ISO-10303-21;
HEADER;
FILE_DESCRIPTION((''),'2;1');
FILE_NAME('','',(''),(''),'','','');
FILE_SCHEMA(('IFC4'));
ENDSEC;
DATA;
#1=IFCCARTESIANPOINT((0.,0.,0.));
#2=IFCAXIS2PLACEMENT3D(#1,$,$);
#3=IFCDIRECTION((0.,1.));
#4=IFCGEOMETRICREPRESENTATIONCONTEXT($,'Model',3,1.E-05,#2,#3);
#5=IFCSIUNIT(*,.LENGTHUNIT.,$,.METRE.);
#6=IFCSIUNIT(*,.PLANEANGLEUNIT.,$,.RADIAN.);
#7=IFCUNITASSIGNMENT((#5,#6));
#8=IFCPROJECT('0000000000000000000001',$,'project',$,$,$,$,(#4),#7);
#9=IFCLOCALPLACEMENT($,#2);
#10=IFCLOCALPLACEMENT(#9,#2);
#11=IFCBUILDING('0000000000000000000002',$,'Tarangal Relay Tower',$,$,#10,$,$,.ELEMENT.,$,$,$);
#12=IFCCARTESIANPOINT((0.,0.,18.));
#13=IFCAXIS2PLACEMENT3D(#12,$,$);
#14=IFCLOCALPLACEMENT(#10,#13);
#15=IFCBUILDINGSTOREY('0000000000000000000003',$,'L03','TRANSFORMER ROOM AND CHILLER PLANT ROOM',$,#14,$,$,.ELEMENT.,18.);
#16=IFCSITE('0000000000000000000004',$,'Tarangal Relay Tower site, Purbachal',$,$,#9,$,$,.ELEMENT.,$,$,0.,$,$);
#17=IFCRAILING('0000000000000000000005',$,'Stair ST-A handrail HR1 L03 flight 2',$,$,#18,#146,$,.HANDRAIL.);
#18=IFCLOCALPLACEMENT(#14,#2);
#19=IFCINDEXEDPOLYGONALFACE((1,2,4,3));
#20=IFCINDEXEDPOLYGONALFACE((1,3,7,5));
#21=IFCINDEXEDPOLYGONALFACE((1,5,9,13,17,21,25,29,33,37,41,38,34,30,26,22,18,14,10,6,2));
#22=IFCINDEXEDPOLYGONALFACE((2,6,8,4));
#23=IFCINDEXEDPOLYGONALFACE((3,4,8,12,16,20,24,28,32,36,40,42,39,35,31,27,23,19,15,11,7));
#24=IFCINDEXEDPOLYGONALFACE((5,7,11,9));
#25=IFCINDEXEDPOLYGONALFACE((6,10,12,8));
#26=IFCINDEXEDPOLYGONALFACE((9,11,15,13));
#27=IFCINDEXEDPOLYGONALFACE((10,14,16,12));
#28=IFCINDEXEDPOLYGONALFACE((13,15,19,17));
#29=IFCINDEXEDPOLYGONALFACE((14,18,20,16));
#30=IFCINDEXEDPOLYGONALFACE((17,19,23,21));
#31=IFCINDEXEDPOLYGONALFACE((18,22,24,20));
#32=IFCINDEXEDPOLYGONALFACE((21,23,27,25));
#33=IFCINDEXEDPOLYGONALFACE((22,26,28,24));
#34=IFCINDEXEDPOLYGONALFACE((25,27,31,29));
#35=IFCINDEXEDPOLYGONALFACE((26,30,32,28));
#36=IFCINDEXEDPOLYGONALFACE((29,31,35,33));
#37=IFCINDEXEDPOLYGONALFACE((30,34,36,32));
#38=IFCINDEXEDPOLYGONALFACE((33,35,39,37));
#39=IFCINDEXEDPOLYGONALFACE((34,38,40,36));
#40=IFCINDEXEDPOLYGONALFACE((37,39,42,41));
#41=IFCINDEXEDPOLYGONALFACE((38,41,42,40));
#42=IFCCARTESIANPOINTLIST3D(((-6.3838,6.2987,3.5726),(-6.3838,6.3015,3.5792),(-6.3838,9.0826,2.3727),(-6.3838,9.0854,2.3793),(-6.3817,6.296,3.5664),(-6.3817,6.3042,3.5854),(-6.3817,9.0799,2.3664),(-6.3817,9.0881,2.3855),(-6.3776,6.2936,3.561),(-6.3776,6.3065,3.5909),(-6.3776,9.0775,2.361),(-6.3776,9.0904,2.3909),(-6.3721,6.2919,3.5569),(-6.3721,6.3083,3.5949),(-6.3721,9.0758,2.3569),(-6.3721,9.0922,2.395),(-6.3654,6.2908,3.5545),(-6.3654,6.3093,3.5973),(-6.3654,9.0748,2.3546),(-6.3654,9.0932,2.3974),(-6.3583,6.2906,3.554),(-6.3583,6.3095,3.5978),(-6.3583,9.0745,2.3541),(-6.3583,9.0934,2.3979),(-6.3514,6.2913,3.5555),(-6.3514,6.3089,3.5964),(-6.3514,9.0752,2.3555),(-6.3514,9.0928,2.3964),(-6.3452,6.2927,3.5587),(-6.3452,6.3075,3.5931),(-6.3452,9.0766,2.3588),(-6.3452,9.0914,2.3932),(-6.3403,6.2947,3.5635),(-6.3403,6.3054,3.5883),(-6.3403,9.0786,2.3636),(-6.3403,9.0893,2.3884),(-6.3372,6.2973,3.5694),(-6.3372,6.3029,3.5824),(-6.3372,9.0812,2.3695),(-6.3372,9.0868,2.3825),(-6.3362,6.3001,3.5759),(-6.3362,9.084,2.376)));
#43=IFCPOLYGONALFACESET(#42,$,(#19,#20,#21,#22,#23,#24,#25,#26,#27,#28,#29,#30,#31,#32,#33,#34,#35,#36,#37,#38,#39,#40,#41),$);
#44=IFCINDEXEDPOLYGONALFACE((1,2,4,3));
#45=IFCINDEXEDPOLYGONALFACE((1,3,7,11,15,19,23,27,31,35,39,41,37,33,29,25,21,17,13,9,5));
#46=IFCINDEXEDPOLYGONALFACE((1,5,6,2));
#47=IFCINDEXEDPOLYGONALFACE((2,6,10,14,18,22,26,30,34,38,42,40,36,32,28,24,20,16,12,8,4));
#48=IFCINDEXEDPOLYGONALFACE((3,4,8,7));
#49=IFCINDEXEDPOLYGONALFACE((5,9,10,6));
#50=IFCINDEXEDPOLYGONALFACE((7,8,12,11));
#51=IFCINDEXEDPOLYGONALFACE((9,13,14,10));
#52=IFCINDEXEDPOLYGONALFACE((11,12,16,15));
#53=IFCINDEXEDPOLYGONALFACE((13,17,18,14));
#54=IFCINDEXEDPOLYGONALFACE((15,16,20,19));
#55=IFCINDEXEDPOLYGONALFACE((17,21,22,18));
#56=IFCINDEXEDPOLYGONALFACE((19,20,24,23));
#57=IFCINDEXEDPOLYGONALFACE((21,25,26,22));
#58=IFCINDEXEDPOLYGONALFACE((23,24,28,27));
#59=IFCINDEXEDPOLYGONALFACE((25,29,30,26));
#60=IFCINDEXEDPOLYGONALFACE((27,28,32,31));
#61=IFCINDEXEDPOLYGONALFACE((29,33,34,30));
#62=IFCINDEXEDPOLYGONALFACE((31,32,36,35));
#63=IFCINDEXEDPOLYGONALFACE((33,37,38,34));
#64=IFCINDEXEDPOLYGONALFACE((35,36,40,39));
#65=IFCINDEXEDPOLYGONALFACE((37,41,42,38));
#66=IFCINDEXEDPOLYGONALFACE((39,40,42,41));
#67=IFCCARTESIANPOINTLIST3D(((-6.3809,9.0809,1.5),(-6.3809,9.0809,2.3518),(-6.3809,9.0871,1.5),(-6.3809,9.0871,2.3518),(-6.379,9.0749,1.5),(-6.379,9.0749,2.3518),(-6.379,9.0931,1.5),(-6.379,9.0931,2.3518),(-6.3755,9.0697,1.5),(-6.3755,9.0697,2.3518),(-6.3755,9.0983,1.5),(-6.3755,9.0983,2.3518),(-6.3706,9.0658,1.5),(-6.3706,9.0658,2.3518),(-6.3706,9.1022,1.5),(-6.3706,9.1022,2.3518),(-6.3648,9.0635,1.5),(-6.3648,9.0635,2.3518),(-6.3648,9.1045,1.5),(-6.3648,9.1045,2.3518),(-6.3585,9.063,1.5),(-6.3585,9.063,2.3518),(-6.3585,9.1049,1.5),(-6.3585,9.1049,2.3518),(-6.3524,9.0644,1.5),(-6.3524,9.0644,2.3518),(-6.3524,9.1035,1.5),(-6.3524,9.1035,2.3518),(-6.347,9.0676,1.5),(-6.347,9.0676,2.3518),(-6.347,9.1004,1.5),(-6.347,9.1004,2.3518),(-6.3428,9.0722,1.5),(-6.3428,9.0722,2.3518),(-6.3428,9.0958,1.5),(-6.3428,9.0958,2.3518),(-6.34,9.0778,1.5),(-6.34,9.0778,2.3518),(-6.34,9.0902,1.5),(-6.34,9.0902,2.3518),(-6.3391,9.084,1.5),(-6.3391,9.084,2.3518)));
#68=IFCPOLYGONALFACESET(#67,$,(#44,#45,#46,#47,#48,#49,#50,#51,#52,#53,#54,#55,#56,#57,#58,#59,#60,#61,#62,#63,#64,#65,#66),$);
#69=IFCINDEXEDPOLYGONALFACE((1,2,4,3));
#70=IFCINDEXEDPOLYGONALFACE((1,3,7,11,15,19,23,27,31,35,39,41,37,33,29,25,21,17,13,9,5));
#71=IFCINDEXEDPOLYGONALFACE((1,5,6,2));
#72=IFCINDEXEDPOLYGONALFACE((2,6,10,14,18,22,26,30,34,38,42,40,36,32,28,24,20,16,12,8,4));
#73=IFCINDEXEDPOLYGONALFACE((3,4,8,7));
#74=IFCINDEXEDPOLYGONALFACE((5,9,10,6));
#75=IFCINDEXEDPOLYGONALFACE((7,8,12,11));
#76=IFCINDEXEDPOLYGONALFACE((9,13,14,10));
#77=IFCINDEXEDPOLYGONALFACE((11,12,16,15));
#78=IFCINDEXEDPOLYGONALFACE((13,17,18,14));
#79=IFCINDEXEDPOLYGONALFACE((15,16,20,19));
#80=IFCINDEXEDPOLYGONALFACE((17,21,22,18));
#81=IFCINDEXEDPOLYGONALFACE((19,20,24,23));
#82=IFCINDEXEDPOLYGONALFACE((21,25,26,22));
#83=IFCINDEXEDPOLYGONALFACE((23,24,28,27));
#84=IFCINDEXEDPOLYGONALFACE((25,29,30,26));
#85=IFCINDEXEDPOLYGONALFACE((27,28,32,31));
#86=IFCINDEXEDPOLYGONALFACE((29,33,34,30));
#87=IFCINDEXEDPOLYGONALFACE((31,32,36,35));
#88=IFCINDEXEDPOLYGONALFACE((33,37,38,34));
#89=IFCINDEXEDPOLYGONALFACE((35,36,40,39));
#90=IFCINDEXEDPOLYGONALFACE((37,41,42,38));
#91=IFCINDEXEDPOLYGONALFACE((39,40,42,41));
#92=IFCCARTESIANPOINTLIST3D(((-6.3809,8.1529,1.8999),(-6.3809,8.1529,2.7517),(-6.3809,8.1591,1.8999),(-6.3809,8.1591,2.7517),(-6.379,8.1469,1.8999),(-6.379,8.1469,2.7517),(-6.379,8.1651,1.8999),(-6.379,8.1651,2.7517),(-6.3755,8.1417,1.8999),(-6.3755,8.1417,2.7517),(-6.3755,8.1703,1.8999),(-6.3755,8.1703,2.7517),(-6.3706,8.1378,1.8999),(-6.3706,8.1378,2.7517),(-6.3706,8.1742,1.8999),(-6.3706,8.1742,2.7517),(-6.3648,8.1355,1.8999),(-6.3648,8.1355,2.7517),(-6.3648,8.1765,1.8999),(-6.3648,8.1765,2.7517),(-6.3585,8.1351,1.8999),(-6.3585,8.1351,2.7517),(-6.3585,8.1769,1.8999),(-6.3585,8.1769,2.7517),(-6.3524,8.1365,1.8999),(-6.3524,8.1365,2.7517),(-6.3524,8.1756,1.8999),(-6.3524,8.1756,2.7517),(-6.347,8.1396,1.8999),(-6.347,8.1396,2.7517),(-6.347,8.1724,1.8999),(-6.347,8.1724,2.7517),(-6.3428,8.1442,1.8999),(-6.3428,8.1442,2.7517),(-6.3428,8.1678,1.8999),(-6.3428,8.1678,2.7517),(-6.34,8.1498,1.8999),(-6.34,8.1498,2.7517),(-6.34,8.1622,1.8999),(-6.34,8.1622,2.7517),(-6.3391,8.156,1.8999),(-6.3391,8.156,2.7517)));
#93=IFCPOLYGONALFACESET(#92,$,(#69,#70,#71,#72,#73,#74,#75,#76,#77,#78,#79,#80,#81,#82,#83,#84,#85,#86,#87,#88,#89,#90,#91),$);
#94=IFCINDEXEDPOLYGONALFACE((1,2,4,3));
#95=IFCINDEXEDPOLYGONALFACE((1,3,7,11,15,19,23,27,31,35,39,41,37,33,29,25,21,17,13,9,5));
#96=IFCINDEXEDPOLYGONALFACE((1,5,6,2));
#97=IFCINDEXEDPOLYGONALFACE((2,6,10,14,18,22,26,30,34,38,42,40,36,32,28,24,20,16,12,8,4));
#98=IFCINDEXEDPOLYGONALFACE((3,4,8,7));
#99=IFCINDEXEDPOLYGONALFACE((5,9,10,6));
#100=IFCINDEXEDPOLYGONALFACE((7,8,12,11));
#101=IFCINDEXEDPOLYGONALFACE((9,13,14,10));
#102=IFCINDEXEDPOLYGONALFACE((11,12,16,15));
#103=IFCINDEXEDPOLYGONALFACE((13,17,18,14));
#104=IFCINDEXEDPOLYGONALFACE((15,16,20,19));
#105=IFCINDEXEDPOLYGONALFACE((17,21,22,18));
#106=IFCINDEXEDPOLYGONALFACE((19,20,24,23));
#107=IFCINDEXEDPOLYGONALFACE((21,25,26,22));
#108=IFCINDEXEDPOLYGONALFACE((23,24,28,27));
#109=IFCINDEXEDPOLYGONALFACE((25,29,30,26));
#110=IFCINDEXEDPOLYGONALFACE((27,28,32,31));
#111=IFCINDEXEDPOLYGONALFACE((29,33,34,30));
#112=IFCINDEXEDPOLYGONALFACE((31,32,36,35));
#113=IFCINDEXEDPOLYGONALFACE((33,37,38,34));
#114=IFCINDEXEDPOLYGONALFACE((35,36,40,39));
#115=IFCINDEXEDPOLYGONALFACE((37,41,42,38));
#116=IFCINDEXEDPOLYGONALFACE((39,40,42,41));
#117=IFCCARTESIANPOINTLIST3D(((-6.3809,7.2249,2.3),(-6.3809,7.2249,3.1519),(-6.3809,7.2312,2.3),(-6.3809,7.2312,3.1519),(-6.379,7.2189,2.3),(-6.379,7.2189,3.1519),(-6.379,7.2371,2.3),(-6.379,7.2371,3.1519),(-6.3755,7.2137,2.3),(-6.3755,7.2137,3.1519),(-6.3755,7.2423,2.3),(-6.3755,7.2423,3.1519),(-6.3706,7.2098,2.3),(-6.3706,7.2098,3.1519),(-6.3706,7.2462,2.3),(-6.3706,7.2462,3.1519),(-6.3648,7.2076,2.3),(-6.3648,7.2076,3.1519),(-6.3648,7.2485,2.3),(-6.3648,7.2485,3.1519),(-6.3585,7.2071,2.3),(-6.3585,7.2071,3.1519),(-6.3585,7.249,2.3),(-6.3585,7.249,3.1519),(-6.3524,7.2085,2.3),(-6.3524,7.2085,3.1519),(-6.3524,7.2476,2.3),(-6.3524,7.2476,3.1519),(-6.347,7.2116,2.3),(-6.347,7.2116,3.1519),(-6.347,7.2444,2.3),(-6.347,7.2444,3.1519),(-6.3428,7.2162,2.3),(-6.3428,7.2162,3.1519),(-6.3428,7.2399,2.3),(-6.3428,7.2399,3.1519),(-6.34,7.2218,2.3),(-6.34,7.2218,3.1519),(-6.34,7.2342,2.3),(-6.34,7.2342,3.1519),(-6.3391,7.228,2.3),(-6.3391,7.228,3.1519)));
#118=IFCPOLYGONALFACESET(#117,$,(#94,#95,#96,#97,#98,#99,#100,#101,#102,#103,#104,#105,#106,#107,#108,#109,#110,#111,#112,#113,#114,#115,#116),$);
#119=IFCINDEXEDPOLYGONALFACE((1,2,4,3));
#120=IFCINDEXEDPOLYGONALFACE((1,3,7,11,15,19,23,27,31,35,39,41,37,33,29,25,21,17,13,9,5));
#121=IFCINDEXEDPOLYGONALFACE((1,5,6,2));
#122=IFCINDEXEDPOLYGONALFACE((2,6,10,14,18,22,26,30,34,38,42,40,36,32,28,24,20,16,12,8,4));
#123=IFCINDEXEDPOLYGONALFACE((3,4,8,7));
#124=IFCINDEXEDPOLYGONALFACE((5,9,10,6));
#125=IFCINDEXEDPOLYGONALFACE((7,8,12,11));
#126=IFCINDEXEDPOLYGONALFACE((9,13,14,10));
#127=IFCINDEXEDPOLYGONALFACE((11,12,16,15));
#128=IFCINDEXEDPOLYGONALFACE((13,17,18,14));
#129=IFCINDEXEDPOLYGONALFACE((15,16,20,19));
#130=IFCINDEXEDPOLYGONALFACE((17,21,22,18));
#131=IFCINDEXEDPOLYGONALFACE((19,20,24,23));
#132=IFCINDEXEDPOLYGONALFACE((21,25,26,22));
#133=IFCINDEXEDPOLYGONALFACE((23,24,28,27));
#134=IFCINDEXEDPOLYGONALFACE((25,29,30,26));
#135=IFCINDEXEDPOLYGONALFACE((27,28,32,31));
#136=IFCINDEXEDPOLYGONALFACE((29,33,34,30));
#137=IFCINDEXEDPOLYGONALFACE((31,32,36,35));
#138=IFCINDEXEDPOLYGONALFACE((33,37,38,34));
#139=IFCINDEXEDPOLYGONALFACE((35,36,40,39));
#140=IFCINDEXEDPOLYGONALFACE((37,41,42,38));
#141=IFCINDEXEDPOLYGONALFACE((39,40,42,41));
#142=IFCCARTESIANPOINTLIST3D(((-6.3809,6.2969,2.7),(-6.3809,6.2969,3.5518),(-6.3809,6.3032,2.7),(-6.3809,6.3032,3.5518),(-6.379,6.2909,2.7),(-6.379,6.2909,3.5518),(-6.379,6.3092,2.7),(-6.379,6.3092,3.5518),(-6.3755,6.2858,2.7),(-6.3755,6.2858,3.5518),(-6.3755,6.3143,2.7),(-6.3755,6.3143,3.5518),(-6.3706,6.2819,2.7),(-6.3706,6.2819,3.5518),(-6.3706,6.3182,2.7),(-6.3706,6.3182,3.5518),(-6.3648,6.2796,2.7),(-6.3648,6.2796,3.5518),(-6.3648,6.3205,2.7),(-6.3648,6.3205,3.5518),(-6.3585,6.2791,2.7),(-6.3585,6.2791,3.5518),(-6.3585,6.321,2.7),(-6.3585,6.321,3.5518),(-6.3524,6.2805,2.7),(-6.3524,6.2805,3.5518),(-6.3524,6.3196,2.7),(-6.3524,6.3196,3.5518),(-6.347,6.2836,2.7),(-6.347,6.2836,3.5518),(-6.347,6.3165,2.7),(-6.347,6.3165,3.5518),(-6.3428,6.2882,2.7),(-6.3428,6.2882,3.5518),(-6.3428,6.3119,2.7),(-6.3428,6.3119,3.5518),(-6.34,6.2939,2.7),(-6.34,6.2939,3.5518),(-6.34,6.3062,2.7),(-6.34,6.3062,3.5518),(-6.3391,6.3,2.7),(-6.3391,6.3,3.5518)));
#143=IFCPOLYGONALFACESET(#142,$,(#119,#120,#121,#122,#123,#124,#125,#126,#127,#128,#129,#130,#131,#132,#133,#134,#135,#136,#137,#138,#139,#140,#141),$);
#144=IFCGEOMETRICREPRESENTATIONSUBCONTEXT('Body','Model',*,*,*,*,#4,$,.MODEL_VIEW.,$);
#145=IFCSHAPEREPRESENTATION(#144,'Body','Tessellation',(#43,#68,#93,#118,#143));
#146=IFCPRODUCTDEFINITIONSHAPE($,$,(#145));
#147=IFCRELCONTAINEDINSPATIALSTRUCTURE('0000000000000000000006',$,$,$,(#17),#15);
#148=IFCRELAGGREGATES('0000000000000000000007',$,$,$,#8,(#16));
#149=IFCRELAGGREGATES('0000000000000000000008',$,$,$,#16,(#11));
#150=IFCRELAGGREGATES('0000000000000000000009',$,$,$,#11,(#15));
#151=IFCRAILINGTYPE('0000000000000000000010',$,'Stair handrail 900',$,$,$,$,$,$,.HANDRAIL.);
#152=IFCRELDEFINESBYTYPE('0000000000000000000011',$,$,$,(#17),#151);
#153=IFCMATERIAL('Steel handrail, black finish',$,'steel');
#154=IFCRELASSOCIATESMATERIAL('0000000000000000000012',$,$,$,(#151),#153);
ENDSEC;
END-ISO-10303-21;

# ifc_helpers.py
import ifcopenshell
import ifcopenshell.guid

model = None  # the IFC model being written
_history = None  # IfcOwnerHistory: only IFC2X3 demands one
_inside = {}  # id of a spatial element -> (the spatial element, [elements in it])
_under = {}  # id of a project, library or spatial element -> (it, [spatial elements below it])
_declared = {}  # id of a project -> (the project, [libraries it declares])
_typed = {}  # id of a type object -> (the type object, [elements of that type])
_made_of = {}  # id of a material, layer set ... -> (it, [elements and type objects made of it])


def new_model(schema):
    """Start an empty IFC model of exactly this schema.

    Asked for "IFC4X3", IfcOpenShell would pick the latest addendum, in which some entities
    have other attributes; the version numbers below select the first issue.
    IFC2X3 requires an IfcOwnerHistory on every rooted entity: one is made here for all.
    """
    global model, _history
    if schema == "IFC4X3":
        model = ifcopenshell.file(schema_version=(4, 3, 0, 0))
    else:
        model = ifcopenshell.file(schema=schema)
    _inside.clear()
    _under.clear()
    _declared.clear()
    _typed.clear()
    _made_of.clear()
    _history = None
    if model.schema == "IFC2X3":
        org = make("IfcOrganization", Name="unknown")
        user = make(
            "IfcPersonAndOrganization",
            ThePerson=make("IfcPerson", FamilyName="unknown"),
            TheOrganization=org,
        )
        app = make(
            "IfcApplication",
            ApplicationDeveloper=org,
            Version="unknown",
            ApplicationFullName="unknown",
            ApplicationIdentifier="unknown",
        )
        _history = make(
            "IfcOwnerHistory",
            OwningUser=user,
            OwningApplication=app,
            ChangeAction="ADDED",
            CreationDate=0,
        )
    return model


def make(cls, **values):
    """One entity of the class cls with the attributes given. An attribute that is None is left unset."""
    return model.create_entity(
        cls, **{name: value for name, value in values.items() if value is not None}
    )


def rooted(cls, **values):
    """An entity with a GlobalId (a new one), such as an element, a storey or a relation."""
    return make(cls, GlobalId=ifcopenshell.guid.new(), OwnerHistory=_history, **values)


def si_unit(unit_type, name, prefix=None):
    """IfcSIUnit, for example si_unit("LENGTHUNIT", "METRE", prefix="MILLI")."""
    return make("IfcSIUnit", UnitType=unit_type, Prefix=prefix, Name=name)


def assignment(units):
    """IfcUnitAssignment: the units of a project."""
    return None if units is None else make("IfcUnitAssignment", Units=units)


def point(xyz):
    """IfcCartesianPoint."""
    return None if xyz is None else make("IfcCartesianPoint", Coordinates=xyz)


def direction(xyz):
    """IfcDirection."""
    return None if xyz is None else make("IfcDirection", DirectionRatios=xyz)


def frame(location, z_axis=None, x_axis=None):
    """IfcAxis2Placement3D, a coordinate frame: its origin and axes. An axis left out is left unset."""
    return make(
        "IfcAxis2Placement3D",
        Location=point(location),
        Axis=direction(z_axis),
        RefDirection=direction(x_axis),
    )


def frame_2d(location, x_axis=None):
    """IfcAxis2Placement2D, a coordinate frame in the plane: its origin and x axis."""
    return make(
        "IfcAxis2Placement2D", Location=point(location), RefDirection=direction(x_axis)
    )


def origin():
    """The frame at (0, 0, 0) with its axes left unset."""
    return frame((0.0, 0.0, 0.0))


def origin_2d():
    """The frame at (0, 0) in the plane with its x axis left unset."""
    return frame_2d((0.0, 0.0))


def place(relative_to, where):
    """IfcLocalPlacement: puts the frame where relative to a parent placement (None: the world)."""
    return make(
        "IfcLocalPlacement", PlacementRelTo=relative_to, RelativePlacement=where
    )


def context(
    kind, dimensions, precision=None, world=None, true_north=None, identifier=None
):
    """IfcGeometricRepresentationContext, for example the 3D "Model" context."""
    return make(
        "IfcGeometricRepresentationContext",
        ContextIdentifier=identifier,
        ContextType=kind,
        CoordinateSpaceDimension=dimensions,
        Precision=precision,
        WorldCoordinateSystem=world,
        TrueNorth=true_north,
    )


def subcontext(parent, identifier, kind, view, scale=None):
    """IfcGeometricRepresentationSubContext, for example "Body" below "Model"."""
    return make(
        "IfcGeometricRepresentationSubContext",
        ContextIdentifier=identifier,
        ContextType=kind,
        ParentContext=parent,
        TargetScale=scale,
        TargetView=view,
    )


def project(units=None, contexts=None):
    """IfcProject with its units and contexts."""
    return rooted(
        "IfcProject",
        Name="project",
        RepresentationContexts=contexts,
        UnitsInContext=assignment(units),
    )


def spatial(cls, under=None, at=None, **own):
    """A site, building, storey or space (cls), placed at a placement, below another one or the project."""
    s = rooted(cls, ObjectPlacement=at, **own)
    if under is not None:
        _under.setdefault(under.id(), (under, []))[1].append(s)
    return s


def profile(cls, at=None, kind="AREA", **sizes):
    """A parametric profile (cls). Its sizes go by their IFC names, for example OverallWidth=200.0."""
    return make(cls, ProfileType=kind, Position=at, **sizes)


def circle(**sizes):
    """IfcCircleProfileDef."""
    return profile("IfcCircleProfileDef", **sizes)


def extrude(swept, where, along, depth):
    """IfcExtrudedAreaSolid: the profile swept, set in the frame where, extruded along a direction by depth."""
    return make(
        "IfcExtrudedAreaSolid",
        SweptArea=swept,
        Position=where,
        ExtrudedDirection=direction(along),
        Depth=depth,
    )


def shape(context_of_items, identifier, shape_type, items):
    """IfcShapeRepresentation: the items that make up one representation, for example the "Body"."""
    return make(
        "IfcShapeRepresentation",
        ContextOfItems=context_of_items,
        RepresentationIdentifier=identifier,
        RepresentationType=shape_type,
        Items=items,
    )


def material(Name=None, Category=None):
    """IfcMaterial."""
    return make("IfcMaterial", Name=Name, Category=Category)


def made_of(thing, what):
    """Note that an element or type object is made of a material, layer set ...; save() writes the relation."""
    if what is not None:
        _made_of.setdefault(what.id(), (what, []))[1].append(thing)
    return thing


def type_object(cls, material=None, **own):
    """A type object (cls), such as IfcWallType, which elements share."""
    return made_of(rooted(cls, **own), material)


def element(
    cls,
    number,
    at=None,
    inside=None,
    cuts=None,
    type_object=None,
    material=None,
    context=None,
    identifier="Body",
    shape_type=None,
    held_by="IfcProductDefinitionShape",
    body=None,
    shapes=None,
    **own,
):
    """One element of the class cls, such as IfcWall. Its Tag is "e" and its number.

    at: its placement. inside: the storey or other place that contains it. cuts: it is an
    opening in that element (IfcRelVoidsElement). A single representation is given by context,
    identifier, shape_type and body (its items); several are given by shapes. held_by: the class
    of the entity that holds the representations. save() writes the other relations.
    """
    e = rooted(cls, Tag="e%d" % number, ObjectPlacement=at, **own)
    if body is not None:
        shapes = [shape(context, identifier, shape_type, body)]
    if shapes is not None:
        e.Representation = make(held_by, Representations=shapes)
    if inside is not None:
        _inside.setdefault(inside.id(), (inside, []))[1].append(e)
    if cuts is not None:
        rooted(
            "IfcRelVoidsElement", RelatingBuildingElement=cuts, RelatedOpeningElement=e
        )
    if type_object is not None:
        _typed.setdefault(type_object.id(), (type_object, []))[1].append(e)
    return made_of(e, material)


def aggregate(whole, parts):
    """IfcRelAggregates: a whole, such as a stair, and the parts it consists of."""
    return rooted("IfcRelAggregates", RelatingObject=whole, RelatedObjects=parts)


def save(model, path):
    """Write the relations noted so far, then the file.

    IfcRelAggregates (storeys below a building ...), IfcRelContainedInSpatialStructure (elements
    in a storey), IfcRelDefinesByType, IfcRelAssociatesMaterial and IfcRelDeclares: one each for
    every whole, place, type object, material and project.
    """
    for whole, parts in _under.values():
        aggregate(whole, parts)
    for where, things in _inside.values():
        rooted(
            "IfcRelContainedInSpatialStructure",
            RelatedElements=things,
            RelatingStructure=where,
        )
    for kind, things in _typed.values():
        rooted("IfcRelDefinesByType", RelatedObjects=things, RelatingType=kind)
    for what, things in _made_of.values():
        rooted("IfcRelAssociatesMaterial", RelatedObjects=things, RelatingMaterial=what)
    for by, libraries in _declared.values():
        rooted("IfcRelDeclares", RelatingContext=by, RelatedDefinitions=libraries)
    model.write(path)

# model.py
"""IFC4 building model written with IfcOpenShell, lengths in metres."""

from ifc_helpers import new_model, si_unit, direction, frame, origin, origin_2d, place, context, subcontext, project, spatial, circle, extrude, material, type_object, element, save


model = new_model("IFC4")

# Units and contexts
model_context = context("Model", 3, precision=1e-05, world=origin(), true_north=direction((0.0, 1.0)))
body_context = subcontext(model_context, "Body", "Model", "MODEL_VIEW")
ifc_project = project(units=[si_unit("LENGTHUNIT", "METRE"), si_unit("PLANEANGLEUNIT", "RADIAN")], contexts=[model_context])

# Site, building, storey
site_placement = place(None, origin())
site = spatial("IfcSite", under=ifc_project, at=site_placement, Name="Tarangal Relay Tower site, Purbachal", CompositionType="ELEMENT", RefElevation=0.0)
building_placement = place(site_placement, origin())
building = spatial("IfcBuilding", under=site, at=building_placement, Name="Tarangal Relay Tower", CompositionType="ELEMENT")
storey_placement = place(building_placement, frame((0.0, 0.0, 18.0)))
storey = spatial("IfcBuildingStorey", under=building, at=storey_placement, Name="L03", Description="TRANSFORMER ROOM AND CHILLER PLANT ROOM", CompositionType="ELEMENT", Elevation=18.0)

# Railing
ifc_material_1 = material(Name="Steel handrail, black finish", Category="steel")
railing_type_1 = type_object("IfcRailingType", Name="Stair handrail 900", PredefinedType="HANDRAIL", material=ifc_material_1)
for number, where, name in (
    (1, (-6.3601, 9.084, 1.5), "Stair ST-A handrail HR1 L03 flight 2"),
):
    element("IfcRailing", number, at=place(storey_placement, frame(where)), inside=storey, type_object=railing_type_1, Name=name, PredefinedType="HANDRAIL", context=body_context, shape_type="SweptSolid", body=[
        extrude(circle(Radius=0.0239, at=origin_2d()), frame((0.0, 0.0, 0.876), z_axis=(0.0, -0.918327, 0.395823), x_axis=(1.0, 0.0, 0.0)), (0.0, 0.0, 1.0), 3.0315),
        extrude(circle(Radius=0.021, at=origin_2d()), origin(), (0.0, 0.0, 1.0), 0.8518),
        extrude(circle(Radius=0.021, at=origin_2d()), frame((0.0, -0.928, 0.3999)), (0.0, 0.0, 1.0), 0.8518),
        extrude(circle(Radius=0.021, at=origin_2d()), frame((0.0, -1.856, 0.8)), (0.0, 0.0, 1.0), 0.8518),
        extrude(circle(Radius=0.021, at=origin_2d()), frame((0.0, -2.7839, 1.2)), (0.0, 0.0, 1.0), 0.8518),
    ])

save(model, "model.ifc")
